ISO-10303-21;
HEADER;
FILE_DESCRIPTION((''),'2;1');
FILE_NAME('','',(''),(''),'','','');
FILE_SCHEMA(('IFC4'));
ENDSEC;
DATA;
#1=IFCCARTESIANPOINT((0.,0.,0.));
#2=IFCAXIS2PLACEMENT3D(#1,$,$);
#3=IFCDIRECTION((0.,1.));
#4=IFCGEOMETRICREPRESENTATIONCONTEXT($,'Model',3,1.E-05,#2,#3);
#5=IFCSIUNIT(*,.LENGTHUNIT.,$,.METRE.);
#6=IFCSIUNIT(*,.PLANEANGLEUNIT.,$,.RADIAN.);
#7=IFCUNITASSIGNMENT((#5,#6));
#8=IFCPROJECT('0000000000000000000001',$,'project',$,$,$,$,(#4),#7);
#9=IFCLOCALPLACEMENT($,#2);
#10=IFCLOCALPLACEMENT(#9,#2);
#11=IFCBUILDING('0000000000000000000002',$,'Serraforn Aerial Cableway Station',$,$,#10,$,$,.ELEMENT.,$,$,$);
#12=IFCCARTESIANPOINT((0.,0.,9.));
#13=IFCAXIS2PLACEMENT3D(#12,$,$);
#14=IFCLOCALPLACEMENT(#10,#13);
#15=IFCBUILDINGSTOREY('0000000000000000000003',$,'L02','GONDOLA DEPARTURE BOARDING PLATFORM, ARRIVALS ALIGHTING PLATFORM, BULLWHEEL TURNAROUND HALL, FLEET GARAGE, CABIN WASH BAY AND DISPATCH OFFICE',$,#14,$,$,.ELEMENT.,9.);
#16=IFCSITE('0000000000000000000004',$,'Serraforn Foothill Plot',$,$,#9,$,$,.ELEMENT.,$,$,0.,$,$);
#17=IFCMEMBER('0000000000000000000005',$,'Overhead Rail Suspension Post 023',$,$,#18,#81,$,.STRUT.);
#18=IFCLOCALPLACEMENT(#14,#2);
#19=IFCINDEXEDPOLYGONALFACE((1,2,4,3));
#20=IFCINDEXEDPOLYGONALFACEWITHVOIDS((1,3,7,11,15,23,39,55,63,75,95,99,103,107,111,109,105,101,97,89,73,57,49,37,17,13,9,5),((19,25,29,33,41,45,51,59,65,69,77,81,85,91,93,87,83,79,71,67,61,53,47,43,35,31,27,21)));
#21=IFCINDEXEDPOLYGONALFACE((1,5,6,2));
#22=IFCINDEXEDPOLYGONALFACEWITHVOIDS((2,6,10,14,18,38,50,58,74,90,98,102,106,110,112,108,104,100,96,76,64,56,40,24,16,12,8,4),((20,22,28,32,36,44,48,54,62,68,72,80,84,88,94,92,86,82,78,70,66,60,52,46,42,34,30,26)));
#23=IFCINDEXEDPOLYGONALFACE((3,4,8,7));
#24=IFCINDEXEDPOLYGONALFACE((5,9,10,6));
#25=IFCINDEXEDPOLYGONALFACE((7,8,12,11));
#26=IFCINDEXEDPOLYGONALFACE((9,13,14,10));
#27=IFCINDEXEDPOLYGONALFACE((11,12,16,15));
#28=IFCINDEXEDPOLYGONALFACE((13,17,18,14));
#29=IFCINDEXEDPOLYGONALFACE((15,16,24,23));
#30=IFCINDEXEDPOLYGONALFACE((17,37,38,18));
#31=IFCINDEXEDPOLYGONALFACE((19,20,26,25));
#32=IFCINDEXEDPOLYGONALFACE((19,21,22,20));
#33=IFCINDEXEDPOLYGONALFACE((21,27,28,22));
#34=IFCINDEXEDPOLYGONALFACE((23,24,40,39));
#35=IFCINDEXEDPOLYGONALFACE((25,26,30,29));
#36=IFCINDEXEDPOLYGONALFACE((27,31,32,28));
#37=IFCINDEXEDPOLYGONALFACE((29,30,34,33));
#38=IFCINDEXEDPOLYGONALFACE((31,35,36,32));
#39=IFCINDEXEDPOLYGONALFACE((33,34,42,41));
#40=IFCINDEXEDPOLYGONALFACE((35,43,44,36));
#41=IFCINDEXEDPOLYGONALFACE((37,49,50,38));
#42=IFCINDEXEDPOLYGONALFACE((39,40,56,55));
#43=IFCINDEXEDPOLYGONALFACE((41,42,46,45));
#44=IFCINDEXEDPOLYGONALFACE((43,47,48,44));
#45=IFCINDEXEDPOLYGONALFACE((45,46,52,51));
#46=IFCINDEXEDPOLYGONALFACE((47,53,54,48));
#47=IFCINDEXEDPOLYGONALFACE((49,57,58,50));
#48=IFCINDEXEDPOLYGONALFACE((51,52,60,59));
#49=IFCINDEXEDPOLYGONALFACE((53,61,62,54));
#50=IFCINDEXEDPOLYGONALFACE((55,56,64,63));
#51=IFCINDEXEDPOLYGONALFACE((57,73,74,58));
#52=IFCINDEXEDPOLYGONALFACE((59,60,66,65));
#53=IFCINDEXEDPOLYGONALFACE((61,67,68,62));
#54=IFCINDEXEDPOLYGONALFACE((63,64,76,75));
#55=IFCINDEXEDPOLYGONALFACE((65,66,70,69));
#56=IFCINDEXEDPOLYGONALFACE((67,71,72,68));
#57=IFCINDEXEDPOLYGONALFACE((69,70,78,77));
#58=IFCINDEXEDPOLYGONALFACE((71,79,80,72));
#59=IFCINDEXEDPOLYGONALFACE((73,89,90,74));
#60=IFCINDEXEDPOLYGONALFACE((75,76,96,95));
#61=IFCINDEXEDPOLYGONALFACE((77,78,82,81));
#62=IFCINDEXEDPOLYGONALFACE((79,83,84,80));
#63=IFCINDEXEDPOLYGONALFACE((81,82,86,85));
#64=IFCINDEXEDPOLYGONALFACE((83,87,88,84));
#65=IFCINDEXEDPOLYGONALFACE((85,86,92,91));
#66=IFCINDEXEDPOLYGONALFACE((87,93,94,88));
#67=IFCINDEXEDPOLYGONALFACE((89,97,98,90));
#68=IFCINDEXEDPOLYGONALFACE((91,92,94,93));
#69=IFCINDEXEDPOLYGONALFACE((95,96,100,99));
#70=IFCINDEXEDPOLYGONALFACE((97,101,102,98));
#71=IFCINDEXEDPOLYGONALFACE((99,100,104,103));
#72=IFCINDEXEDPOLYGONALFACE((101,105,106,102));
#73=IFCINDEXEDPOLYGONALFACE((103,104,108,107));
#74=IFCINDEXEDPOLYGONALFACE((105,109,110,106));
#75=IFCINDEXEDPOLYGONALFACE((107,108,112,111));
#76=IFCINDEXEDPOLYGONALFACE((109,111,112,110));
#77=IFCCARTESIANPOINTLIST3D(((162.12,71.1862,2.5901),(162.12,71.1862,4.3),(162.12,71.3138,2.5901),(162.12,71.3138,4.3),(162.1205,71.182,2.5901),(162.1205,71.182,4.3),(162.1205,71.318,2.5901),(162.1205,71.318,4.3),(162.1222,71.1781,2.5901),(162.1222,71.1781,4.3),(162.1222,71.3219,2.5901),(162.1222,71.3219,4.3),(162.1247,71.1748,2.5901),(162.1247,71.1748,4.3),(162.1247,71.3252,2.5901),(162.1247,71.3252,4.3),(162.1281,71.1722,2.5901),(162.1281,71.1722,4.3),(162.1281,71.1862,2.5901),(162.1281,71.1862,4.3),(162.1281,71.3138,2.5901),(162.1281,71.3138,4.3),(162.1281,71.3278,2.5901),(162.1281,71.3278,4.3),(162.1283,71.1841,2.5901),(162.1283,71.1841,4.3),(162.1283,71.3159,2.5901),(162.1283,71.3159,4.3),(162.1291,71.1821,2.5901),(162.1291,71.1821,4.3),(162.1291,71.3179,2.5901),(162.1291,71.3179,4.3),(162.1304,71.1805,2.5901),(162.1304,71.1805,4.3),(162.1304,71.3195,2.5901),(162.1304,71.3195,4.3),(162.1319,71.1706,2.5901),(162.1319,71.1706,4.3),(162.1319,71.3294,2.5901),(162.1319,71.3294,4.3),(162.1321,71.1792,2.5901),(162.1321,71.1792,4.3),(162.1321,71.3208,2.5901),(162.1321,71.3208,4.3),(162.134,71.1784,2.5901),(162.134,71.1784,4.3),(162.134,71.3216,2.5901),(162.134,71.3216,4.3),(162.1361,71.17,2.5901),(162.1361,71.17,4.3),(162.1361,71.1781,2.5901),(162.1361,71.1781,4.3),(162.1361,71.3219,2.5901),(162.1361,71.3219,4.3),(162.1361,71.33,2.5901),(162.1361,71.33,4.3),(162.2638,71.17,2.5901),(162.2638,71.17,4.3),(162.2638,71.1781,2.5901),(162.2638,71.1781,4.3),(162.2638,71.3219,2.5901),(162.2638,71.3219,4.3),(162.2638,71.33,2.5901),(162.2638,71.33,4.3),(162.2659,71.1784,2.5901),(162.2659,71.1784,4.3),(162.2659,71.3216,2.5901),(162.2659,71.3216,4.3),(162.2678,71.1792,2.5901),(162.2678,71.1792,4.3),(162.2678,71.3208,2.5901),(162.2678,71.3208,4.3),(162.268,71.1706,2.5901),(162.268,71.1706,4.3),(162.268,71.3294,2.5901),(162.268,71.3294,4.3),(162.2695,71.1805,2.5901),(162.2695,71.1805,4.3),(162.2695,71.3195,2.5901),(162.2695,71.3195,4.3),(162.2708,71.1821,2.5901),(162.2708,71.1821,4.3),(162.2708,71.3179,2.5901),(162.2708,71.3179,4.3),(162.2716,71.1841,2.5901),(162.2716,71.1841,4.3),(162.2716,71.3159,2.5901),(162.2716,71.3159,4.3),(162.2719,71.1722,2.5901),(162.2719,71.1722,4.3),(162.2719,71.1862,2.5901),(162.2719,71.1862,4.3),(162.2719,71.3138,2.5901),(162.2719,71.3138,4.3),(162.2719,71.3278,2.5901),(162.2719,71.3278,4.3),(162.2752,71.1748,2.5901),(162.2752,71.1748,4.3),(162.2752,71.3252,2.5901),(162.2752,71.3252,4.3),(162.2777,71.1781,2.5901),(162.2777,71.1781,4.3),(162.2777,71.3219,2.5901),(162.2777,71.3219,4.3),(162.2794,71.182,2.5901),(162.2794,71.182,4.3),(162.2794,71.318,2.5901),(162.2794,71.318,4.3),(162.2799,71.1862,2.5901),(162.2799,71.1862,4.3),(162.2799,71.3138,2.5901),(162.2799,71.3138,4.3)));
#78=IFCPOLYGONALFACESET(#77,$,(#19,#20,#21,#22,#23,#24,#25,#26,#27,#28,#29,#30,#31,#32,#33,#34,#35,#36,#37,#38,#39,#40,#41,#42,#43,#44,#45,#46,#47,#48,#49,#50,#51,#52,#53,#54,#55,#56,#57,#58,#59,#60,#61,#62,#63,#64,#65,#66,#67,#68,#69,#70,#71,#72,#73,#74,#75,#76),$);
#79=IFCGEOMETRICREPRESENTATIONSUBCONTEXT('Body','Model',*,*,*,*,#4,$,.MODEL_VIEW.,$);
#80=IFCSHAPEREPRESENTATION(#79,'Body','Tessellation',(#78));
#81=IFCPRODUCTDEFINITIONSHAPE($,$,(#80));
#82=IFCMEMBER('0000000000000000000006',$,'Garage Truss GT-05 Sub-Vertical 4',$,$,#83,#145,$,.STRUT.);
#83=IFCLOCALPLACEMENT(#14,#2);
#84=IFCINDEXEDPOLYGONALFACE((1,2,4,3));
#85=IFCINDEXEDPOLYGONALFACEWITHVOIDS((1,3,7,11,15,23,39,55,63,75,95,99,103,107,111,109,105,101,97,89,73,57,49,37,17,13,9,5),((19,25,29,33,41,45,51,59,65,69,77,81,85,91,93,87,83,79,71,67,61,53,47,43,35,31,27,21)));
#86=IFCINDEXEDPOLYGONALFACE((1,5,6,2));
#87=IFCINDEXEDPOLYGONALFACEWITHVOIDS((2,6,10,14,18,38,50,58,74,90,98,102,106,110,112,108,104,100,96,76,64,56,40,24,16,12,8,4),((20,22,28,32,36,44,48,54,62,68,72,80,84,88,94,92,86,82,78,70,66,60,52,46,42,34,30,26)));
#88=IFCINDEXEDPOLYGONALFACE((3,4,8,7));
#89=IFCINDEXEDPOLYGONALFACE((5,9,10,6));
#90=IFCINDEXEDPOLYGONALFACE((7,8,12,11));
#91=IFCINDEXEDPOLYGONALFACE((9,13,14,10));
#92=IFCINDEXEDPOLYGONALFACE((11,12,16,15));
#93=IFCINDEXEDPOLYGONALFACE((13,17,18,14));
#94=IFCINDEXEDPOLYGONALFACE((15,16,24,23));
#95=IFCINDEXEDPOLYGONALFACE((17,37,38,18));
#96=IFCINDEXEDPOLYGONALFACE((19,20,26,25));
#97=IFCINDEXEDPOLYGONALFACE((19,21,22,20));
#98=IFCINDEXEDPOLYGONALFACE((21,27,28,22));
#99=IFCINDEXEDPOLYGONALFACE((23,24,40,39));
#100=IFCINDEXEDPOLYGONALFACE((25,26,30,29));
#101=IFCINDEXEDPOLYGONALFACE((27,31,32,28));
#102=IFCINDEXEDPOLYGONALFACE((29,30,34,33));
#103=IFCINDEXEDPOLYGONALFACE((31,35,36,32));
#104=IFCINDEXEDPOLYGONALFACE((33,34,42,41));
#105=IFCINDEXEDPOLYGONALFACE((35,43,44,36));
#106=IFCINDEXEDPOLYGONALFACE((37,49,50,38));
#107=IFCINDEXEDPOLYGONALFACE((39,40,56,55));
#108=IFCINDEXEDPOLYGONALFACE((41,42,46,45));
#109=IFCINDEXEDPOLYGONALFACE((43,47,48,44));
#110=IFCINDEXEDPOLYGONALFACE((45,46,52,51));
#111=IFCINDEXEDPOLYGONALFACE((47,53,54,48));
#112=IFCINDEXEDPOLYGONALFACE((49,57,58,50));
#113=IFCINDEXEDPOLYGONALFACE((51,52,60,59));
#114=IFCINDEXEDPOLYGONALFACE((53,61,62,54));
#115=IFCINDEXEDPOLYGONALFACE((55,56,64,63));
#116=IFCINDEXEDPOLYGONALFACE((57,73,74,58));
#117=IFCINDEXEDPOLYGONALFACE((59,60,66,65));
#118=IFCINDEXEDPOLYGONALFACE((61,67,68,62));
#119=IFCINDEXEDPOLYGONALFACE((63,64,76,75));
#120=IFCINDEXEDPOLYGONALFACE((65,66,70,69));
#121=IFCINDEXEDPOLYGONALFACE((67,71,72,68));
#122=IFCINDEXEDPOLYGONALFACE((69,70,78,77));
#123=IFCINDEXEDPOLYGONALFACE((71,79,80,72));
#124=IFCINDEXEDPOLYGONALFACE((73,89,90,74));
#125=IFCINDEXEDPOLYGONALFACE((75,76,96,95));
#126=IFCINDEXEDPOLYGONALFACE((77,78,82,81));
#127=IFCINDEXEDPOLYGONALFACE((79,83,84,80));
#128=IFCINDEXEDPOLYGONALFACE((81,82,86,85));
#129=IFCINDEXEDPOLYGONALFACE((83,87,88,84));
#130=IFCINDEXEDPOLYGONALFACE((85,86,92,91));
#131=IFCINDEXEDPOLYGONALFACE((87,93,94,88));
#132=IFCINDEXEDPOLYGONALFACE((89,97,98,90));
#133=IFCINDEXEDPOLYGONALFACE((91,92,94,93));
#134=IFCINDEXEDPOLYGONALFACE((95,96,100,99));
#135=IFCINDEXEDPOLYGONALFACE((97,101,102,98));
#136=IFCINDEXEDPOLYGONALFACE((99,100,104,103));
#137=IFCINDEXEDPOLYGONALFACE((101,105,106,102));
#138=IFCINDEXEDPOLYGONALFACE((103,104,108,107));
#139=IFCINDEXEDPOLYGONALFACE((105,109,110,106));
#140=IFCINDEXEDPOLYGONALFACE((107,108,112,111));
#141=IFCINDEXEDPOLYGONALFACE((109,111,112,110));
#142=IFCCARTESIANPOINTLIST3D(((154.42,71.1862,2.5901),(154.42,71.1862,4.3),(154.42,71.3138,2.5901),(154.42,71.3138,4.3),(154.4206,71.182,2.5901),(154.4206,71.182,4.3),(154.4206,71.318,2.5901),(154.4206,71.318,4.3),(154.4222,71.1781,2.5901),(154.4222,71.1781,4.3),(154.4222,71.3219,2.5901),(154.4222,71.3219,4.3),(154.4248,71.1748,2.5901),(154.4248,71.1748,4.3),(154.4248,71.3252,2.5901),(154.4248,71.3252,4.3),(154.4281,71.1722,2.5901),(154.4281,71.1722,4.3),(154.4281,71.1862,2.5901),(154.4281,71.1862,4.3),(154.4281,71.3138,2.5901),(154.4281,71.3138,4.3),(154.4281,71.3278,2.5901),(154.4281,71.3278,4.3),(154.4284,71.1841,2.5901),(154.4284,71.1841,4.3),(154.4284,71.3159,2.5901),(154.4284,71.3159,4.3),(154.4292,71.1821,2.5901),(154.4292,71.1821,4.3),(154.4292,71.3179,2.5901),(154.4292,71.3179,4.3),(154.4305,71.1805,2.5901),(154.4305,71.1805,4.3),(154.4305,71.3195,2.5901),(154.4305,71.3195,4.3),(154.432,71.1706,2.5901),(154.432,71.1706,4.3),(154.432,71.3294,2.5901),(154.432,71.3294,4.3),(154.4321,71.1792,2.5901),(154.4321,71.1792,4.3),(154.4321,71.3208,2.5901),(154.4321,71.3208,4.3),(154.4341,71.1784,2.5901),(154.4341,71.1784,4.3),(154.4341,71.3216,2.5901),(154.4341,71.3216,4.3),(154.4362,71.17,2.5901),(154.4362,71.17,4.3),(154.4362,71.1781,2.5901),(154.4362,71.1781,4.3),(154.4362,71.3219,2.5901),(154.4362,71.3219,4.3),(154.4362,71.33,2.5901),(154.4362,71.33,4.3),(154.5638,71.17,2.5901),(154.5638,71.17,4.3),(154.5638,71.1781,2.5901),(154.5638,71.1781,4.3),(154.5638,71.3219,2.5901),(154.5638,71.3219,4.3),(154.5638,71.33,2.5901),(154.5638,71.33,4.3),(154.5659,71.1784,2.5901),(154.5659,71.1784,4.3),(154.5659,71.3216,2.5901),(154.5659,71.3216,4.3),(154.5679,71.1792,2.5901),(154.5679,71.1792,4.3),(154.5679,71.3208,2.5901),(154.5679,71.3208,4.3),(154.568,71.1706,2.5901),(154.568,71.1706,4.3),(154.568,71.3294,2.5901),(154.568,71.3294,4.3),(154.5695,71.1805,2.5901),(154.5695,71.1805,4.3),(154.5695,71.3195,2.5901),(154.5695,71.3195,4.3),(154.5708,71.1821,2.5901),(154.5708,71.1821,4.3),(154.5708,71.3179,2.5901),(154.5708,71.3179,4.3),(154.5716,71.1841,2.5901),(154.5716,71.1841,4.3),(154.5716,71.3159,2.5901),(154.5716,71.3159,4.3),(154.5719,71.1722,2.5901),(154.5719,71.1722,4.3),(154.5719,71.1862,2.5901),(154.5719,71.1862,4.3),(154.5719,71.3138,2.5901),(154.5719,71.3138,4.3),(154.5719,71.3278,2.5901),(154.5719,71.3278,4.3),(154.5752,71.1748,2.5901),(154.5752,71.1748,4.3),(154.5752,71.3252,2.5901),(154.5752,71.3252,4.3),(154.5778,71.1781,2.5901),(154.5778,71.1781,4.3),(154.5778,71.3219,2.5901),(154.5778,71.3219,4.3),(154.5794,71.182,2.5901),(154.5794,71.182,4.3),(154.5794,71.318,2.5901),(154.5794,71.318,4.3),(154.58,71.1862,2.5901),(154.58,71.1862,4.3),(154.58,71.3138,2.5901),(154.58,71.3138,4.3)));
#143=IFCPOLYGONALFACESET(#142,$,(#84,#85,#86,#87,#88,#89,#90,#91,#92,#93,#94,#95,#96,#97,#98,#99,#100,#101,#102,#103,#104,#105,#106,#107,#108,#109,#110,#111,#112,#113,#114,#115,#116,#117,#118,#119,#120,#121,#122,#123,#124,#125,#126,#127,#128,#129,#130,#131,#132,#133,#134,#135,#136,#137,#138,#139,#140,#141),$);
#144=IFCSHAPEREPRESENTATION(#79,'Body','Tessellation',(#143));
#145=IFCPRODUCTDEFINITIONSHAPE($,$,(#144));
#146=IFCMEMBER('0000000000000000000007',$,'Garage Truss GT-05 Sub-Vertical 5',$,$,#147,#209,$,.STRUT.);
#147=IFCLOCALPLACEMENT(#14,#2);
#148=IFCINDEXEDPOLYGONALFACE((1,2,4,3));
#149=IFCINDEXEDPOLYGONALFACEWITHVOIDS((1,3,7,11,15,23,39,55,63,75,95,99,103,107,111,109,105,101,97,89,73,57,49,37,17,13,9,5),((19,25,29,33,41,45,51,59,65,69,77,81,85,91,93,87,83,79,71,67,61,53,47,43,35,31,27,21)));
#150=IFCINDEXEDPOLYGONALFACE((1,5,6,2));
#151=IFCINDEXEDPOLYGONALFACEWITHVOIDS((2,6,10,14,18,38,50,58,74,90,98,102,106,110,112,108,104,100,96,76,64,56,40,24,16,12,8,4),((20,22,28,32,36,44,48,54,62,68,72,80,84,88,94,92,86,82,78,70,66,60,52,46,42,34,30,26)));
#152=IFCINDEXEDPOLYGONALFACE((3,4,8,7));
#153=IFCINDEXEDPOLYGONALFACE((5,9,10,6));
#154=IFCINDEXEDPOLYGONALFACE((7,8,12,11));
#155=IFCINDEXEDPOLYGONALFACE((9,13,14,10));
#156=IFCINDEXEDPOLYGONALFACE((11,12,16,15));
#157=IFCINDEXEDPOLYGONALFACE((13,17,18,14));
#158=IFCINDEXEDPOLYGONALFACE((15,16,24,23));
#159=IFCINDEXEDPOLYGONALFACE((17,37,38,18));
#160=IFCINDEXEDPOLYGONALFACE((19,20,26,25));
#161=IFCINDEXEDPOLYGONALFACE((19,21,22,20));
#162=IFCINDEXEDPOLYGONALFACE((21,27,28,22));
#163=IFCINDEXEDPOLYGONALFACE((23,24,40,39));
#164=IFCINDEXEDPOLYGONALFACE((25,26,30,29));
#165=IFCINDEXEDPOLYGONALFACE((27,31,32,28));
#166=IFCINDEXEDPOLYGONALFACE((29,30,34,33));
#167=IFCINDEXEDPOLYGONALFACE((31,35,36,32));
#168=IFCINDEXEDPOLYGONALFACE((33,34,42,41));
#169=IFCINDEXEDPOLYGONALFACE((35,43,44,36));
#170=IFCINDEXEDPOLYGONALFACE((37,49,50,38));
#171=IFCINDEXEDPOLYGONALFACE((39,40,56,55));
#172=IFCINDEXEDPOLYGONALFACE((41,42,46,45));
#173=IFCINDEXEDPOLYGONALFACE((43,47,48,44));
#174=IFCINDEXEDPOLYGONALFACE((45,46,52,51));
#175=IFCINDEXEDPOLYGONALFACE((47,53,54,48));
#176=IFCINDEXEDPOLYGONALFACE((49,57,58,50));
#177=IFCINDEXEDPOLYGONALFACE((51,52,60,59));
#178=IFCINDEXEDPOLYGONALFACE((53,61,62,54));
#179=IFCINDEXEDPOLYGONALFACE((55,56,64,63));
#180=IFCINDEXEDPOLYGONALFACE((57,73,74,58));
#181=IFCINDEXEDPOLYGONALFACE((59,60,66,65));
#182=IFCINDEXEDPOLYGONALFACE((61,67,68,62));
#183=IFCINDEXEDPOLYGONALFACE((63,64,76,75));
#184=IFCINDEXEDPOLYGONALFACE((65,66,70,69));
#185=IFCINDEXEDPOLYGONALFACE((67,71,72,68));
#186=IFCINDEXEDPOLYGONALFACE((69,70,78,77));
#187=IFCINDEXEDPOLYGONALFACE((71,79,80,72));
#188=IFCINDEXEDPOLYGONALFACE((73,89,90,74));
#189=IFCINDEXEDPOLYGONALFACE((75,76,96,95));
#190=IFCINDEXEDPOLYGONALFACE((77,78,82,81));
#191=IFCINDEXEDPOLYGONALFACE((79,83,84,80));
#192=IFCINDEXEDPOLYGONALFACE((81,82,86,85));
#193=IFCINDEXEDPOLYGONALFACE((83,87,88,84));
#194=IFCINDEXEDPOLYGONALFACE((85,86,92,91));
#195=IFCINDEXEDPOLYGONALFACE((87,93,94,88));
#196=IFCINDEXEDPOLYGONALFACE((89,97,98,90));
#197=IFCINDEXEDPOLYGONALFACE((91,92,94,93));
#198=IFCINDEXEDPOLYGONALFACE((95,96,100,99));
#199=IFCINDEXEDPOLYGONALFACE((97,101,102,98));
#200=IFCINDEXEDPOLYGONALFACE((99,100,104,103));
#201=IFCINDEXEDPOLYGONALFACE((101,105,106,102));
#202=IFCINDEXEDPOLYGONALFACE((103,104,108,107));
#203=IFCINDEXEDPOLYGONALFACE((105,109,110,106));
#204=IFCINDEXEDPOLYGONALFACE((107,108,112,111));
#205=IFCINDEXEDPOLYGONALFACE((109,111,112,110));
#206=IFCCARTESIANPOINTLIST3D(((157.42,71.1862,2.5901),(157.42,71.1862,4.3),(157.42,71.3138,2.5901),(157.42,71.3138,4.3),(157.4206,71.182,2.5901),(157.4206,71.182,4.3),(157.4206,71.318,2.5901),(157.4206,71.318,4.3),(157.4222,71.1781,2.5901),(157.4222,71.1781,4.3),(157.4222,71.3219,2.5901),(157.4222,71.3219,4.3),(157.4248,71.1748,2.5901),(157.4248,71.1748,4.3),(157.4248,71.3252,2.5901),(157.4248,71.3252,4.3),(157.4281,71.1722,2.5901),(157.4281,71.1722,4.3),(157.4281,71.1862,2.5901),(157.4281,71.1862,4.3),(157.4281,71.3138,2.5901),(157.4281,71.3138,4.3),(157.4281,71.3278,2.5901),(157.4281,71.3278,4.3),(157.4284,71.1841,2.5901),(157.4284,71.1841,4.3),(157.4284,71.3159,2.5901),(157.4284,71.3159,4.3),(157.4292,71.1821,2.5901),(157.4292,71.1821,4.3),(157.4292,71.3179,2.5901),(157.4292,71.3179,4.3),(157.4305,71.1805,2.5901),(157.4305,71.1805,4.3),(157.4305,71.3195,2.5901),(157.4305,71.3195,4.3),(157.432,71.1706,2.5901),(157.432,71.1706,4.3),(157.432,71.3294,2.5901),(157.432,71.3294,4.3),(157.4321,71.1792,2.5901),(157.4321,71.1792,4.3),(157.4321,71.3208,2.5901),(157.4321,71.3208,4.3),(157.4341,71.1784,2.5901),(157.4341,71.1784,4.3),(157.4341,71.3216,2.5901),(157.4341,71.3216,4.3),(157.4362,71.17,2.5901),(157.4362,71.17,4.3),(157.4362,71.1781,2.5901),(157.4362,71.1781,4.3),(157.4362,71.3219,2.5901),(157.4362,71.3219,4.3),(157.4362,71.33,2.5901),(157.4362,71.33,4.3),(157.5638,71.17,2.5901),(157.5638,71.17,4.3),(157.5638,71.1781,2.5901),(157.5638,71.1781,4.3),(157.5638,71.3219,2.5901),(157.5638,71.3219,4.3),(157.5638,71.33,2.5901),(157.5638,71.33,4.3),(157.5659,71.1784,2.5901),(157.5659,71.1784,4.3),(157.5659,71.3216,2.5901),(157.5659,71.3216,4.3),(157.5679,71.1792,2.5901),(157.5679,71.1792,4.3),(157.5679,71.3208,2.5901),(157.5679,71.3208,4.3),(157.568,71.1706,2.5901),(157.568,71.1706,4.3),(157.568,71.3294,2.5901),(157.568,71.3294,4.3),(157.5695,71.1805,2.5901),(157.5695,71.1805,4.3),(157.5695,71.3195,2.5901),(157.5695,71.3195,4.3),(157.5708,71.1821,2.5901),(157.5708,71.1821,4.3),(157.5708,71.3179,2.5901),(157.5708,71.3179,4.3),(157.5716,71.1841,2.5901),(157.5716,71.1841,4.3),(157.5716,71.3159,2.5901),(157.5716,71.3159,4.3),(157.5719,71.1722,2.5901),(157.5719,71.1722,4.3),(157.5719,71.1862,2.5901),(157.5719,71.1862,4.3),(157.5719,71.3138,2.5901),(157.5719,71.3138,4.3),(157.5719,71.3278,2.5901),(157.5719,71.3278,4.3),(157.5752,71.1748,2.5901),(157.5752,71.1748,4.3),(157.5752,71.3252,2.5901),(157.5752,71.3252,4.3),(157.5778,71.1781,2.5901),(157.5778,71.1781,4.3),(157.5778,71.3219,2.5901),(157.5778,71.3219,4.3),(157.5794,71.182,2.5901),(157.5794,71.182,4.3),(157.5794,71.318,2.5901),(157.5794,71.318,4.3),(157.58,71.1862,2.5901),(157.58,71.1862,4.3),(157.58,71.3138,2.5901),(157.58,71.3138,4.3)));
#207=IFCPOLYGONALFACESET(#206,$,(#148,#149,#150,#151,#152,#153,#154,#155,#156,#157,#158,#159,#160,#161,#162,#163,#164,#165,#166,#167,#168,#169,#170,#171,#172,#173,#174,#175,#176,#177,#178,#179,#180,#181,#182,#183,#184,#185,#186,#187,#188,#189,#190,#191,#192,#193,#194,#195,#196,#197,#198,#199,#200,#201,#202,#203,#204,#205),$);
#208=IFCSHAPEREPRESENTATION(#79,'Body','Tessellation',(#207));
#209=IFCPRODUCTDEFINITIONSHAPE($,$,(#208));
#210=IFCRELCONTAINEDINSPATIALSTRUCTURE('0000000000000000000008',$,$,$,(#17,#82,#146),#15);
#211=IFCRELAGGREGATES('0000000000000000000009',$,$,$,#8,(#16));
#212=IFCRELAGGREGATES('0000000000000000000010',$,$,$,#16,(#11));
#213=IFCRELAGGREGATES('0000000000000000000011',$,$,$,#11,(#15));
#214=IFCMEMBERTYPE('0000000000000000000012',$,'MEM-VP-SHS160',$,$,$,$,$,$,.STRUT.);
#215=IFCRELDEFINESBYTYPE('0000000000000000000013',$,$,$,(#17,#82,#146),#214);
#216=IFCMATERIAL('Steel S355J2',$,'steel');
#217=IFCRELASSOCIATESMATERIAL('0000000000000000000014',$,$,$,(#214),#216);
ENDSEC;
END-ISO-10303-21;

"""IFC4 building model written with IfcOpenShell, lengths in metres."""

from ifc_helpers import new_model, si_unit, direction, frame, origin, origin_2d, place, context, subcontext, project, spatial, hollow_rectangle, extrude, material, material_profile, profile_set, type_object, element, save


model = new_model("IFC4")

# Units and contexts
model_context = context("Model", 3, precision=1e-05, world=origin(), true_north=direction((0.0, 1.0)))
body_context = subcontext(model_context, "Body", "Model", "MODEL_VIEW")
ifc_project = project(units=[si_unit("LENGTHUNIT", "METRE"), si_unit("PLANEANGLEUNIT", "RADIAN")], contexts=[model_context])

# Site, building, storey
site_placement = place(None, origin())
site = spatial("IfcSite", under=ifc_project, at=site_placement, Name="Serraforn Foothill Plot", CompositionType="ELEMENT", RefElevation=0.0)
building_placement = place(site_placement, origin())
building = spatial("IfcBuilding", under=site, at=building_placement, Name="Serraforn Aerial Cableway Station", CompositionType="ELEMENT")
storey_placement = place(building_placement, frame((0.0, 0.0, 9.0)))
storey = spatial("IfcBuildingStorey", under=building, at=storey_placement, Name="L02", Description="GONDOLA DEPARTURE BOARDING PLATFORM, ARRIVALS ALIGHTING PLATFORM, BULLWHEEL TURNAROUND HALL, FLEET GARAGE, CABIN WASH BAY AND DISPATCH OFFICE", CompositionType="ELEMENT", Elevation=9.0)

# Members
ifc_material_1 = material(Name="Steel S355J2", Category="steel")
ifc_material_profile_1 = material_profile(ifc_material_1, hollow_rectangle(XDim=0.1599, YDim=0.1599, WallThickness=0.0081, InnerFilletRadius=0.0081, OuterFilletRadius=0.0161, at=origin_2d()), Name="SHS 160x160x8.0")
ifc_profile_set_1 = profile_set([ifc_material_profile_1], Name="Steel S355J2")
member_type_1 = type_object("IfcMemberType", Name="MEM-VP-SHS160", PredefinedType="STRUT", material=ifc_profile_set_1)
for number, where, z_axis, x_axis, name in (
    (1, (162.2, 71.25, 2.5901), (0.0, 0.0, 1.0), (1.0, 0.0, 0.0), "Overhead Rail Suspension Post 023"),
    (2, (154.5, 71.25, 2.5901), (0.0, 0.0, 1.0), (1.0, 0.0, 0.0), "Garage Truss GT-05 Sub-Vertical 4"),
    (3, (157.5, 71.25, 2.5901), (0.0, 0.0, 1.0), (1.0, 0.0, 0.0), "Garage Truss GT-05 Sub-Vertical 5"),
):
    element("IfcMember", number, at=place(storey_placement, frame(where, z_axis=z_axis, x_axis=x_axis)), inside=storey, type_object=member_type_1, Name=name, PredefinedType="STRUT", context=body_context, shape_type="SweptSolid", body=[
        extrude(hollow_rectangle(XDim=0.1599, YDim=0.1599, WallThickness=0.0081, InnerFilletRadius=0.0081, OuterFilletRadius=0.0161, at=origin_2d()), origin(), (0.0, 0.0, 1.0), 1.71),
    ])

save(model, "model.ifc")
